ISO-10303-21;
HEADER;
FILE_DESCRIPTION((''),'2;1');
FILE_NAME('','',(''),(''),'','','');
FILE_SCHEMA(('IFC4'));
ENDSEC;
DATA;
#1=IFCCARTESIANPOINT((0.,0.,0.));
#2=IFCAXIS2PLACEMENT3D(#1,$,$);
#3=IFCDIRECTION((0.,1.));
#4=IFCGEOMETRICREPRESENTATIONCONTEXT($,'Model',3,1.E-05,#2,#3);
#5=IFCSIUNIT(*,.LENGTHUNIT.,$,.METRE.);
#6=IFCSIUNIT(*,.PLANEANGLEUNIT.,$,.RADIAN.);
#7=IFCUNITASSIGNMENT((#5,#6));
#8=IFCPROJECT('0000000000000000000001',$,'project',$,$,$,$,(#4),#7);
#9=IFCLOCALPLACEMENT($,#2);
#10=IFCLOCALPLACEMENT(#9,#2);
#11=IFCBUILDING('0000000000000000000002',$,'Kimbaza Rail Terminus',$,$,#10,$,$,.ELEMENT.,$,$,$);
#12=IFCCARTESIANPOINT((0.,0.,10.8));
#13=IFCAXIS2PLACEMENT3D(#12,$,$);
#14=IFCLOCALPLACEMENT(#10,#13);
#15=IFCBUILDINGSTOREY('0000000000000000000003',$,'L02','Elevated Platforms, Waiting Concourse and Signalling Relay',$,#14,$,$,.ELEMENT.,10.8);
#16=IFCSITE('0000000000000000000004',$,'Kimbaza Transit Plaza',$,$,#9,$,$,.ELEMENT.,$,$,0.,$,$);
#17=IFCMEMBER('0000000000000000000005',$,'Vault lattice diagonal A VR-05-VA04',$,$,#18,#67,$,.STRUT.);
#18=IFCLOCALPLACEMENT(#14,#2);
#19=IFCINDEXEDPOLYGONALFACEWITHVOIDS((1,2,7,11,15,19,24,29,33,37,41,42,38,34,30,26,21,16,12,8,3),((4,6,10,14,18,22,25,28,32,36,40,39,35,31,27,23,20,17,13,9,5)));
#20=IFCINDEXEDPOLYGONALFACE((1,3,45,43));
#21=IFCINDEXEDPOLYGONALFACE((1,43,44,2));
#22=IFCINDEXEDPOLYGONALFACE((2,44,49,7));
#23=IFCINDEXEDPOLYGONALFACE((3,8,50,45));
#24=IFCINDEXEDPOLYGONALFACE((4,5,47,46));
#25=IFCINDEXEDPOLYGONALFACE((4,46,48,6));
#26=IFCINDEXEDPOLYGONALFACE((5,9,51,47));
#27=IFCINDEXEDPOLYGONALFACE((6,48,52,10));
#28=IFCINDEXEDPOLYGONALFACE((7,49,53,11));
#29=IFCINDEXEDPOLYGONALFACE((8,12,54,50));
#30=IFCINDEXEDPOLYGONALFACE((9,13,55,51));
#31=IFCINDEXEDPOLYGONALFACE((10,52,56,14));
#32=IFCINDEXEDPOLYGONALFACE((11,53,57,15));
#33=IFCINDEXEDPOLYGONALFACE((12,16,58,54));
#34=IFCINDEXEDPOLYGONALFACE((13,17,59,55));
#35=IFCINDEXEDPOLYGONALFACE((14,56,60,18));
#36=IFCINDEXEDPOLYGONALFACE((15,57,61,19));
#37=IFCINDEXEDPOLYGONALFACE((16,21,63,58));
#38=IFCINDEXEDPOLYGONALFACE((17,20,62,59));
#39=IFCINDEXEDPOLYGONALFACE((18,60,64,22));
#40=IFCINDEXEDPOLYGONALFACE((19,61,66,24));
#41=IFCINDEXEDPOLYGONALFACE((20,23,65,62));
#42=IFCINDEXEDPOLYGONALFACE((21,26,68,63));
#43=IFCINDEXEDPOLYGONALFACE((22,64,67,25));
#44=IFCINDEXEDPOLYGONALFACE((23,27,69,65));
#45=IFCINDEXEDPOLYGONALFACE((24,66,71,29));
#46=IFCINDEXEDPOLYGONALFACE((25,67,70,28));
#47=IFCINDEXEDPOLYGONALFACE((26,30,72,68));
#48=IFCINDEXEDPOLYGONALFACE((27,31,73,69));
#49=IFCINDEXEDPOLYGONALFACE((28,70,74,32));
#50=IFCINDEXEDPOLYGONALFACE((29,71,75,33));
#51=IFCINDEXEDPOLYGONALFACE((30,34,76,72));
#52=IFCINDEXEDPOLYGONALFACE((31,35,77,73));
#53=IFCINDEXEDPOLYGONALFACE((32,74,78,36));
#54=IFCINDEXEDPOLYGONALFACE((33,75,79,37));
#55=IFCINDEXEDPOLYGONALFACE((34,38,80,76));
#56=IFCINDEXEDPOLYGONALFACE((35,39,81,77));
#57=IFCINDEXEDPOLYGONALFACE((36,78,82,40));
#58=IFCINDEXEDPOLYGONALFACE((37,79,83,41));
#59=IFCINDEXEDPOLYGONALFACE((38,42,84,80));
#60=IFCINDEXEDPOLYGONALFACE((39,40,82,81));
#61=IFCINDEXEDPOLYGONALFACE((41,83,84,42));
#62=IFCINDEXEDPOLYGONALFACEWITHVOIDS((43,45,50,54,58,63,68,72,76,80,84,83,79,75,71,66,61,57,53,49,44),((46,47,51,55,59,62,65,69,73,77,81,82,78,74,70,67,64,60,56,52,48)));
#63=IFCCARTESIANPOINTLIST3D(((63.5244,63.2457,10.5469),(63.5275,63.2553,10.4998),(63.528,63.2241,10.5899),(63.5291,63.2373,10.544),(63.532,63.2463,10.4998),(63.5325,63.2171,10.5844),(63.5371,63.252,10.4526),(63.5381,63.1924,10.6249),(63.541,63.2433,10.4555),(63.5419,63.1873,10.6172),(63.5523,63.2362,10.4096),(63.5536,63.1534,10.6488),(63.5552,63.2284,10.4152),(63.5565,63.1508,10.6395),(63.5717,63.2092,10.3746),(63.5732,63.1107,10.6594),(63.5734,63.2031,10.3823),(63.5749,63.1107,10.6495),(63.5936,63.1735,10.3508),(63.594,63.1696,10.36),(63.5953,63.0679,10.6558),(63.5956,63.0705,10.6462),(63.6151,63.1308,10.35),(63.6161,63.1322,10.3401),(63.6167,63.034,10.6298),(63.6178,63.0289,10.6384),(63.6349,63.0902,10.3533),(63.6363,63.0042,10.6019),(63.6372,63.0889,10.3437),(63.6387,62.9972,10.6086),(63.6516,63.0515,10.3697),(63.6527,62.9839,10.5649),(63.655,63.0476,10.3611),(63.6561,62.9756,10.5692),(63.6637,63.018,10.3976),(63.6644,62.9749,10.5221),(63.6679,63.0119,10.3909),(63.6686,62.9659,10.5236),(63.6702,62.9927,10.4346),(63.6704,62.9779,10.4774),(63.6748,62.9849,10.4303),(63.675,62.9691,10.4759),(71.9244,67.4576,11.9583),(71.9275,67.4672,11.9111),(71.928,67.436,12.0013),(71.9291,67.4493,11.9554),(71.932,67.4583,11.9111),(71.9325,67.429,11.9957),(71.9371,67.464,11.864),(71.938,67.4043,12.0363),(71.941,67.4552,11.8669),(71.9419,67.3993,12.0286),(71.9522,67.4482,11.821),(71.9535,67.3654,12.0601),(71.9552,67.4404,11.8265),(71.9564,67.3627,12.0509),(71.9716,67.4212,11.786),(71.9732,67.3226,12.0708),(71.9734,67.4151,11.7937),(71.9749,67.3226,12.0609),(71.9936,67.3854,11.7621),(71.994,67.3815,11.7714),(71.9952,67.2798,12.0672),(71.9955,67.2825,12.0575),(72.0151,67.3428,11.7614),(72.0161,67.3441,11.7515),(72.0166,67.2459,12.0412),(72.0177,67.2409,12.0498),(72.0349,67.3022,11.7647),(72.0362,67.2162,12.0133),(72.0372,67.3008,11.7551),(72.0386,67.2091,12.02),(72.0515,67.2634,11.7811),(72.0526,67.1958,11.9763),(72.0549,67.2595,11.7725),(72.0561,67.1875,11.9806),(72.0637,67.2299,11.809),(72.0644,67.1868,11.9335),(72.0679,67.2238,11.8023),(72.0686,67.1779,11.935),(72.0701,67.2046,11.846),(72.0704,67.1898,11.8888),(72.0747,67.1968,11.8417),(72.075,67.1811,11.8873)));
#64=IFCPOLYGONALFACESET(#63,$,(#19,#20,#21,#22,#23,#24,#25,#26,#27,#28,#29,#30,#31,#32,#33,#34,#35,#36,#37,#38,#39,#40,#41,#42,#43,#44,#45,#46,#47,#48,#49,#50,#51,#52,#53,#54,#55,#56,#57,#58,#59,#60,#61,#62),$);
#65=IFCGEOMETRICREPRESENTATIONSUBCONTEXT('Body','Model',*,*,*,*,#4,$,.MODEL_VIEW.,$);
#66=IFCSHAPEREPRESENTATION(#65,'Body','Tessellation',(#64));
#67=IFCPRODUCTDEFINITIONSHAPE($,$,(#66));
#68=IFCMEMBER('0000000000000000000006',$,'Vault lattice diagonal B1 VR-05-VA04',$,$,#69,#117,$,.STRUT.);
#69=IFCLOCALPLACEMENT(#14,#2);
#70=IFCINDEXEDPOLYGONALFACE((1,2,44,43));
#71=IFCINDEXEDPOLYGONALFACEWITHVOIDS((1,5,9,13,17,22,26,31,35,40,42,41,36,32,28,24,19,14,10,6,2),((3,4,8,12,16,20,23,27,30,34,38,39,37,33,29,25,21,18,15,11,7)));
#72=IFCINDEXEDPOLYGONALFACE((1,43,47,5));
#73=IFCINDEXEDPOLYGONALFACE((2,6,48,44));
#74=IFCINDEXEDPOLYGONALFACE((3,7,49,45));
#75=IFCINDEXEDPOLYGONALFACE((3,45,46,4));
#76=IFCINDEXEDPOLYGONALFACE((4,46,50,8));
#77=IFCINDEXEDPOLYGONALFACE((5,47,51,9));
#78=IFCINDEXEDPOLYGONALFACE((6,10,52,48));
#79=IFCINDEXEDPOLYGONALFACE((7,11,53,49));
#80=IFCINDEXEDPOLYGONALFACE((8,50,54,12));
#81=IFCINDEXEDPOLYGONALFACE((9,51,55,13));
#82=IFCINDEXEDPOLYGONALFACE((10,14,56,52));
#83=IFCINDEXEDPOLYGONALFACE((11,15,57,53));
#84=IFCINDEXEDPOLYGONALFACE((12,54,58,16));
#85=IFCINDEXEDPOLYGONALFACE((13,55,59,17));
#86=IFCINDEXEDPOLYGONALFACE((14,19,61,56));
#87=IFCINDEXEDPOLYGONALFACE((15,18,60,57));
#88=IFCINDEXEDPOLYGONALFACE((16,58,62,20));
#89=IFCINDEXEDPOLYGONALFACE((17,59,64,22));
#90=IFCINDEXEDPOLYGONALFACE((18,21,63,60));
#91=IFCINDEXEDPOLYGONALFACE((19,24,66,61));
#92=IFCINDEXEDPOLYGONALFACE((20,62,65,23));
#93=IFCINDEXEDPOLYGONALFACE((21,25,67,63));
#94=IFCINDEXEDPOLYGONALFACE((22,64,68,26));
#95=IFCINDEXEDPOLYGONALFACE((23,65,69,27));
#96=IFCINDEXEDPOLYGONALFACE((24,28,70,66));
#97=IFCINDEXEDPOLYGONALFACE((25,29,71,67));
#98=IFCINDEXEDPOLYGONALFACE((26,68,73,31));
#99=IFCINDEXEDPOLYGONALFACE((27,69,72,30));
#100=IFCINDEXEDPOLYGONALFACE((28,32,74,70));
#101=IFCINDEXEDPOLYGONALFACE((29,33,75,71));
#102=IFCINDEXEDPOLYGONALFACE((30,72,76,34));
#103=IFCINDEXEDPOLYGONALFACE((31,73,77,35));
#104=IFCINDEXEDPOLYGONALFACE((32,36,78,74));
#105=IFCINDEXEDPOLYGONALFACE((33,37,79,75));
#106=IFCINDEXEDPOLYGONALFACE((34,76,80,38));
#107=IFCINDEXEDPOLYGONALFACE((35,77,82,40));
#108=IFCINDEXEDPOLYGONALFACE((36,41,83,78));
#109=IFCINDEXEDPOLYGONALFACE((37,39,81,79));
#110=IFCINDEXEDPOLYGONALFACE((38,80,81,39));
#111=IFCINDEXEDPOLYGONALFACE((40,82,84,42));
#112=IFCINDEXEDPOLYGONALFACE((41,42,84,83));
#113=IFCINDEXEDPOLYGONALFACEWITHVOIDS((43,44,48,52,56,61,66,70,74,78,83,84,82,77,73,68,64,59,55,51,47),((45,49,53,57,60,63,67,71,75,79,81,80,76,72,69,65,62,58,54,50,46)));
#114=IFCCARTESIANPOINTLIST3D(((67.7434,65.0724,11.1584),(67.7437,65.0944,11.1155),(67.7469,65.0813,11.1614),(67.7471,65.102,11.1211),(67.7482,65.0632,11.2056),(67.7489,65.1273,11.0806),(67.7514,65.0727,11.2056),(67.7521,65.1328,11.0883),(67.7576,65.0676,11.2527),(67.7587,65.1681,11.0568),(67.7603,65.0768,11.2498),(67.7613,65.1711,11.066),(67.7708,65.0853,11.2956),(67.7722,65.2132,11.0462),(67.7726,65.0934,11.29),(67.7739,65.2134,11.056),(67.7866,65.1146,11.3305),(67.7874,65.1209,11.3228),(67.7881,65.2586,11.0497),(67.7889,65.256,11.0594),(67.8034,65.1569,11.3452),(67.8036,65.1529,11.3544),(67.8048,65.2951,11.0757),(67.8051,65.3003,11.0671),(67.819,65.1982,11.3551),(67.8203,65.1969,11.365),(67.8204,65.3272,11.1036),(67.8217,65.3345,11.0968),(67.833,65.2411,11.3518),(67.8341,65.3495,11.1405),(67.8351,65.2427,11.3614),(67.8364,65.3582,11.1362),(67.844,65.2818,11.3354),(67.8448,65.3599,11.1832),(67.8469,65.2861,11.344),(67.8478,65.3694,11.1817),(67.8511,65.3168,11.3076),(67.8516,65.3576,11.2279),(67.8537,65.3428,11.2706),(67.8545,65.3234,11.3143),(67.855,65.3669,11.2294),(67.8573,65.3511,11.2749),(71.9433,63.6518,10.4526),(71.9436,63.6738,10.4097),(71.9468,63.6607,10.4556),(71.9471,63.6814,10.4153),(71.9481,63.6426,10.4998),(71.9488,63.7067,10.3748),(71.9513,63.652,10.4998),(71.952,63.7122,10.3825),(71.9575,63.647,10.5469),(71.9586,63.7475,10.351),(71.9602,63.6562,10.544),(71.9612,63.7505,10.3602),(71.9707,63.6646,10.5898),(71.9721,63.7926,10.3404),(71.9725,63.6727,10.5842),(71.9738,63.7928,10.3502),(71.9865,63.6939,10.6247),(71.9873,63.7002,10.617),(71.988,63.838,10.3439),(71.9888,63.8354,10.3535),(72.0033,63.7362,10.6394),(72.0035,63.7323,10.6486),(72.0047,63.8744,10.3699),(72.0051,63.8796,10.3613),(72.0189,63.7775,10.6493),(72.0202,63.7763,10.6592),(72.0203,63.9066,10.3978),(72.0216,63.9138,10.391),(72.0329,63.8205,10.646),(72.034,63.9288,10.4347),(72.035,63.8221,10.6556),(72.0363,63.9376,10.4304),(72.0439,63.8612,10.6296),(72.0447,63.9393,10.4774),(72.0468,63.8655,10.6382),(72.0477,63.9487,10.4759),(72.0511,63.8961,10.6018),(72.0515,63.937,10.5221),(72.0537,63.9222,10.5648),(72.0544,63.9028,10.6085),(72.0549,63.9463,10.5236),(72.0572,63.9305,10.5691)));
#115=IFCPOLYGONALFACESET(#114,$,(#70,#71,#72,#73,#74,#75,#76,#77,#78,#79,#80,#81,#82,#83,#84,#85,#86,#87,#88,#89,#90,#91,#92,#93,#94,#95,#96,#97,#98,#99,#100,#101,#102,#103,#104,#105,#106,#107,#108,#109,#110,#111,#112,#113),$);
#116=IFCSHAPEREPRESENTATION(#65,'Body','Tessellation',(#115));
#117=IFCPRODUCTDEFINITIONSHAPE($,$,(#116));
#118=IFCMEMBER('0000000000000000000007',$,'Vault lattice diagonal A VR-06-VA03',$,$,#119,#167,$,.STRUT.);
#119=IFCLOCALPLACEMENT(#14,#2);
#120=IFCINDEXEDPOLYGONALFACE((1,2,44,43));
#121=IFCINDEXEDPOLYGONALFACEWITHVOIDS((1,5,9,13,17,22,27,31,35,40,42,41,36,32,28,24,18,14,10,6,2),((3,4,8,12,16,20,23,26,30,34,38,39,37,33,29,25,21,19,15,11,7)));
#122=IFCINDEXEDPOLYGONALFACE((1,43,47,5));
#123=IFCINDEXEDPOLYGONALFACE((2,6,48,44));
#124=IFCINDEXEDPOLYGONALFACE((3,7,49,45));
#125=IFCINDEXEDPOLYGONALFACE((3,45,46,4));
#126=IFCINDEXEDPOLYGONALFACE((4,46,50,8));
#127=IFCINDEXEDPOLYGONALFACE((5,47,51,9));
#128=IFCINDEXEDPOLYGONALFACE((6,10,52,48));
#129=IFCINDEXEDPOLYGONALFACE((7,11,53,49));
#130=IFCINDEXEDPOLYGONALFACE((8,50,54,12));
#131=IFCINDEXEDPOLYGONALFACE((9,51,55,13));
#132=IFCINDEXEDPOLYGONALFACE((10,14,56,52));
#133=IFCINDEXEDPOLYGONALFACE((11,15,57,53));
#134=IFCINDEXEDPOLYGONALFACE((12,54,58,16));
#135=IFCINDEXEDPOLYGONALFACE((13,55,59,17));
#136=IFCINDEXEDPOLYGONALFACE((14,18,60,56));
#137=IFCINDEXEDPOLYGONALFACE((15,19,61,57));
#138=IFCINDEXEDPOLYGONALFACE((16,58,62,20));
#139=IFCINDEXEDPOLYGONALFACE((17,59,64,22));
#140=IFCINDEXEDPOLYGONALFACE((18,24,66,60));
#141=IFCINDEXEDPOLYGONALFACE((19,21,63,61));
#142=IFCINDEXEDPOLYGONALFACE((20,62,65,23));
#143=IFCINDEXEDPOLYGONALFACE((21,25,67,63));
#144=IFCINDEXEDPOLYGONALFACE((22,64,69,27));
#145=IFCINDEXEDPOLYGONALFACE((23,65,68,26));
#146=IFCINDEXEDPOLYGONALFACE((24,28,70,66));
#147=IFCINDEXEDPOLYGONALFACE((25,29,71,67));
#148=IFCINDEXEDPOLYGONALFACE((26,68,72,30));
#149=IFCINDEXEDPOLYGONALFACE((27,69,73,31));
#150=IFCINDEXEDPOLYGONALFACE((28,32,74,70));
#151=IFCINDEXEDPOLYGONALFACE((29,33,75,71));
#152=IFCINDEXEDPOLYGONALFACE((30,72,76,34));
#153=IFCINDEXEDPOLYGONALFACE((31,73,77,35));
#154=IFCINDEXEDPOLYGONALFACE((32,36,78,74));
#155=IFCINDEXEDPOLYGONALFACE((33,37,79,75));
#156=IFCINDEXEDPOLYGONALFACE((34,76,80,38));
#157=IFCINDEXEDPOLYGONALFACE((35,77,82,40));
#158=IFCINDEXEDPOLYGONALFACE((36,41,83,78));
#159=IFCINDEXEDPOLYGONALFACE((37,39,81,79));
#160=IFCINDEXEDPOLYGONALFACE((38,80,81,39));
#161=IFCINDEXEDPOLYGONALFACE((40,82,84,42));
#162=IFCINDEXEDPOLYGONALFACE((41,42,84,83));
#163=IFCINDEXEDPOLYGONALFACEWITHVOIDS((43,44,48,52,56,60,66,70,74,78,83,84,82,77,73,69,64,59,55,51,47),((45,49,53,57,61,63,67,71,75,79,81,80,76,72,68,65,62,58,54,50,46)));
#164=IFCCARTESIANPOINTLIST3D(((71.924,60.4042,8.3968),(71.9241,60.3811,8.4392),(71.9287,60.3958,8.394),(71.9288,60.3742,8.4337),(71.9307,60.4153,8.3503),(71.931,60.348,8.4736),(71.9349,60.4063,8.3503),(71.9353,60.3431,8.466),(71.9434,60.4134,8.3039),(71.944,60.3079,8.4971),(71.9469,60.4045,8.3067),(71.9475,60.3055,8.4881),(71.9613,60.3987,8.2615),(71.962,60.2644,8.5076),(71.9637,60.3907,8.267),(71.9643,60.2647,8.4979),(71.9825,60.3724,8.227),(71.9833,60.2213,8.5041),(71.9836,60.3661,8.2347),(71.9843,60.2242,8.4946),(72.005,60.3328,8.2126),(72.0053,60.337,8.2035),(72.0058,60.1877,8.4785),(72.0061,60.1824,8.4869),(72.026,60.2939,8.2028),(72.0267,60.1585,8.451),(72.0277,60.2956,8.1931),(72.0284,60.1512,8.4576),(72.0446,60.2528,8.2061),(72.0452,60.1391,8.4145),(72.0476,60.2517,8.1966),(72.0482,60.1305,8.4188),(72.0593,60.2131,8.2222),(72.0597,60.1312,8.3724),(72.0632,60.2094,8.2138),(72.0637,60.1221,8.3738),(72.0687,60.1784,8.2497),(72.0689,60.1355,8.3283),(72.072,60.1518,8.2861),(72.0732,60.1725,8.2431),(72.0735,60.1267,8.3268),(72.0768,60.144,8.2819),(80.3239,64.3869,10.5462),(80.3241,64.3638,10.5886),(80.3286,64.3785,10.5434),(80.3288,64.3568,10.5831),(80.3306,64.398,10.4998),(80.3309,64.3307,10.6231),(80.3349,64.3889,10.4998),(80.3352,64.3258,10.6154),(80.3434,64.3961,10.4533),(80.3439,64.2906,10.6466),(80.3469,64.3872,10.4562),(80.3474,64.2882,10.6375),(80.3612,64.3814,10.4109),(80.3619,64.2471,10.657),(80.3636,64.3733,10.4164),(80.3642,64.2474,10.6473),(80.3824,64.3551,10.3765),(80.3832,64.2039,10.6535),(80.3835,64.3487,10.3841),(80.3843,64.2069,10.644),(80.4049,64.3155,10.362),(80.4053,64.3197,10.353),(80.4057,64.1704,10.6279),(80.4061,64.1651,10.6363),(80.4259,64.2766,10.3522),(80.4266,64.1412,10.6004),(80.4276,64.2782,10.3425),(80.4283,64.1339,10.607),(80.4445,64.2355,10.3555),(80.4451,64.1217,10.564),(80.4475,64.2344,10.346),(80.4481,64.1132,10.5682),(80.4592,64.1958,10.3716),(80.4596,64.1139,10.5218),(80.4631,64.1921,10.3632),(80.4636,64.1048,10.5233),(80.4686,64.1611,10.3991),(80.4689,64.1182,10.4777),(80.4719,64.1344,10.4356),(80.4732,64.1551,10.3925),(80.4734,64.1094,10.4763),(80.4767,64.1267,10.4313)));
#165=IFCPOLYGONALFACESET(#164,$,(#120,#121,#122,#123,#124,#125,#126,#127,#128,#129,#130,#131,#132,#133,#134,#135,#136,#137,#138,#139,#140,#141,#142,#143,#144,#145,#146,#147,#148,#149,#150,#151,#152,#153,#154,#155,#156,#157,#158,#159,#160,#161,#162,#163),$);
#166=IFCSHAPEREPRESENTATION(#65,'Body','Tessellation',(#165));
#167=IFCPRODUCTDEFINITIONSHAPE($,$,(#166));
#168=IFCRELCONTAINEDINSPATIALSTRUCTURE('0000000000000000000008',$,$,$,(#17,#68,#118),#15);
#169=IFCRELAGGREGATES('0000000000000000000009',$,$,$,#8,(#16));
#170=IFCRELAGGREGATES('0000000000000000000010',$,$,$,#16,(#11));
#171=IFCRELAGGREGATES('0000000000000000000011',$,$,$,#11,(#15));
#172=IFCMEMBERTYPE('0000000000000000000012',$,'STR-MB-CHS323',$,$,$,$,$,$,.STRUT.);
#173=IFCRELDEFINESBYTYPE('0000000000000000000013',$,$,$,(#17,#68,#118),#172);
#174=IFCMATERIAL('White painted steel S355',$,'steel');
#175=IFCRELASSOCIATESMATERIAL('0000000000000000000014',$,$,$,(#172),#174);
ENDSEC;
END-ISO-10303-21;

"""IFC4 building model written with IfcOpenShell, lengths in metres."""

from ifc_helpers import new_model, si_unit, direction, frame, origin, origin_2d, place, context, subcontext, project, spatial, hollow_circle, extrude, material, material_profile, profile_set, type_object, element, save


model = new_model("IFC4")

# Units and contexts
model_context = context("Model", 3, precision=1e-05, world=origin(), true_north=direction((0.0, 1.0)))
body_context = subcontext(model_context, "Body", "Model", "MODEL_VIEW")
ifc_project = project(units=[si_unit("LENGTHUNIT", "METRE"), si_unit("PLANEANGLEUNIT", "RADIAN")], contexts=[model_context])

# Site, building, storey
site_placement = place(None, origin())
site = spatial("IfcSite", under=ifc_project, at=site_placement, Name="Kimbaza Transit Plaza", CompositionType="ELEMENT", RefElevation=0.0)
building_placement = place(site_placement, origin())
building = spatial("IfcBuilding", under=site, at=building_placement, Name="Kimbaza Rail Terminus", CompositionType="ELEMENT")
storey_placement = place(building_placement, frame((0.0, 0.0, 10.8)))
storey = spatial("IfcBuildingStorey", under=building, at=storey_placement, Name="L02", Description="Elevated Platforms, Waiting Concourse and Signalling Relay", CompositionType="ELEMENT", Elevation=10.8)

# Members
ifc_material_1 = material(Name="White painted steel S355", Category="steel")
ifc_material_profile_1 = material_profile(ifc_material_1, hollow_circle(Radius=0.1619, WallThickness=0.01, at=origin_2d()), Name="CHS 323.9x10")
ifc_profile_set_1 = profile_set([ifc_material_profile_1], Name="White painted steel S355")
member_type_1 = type_object("IfcMemberType", Name="STR-MB-CHS323", PredefinedType="STRUT", material=ifc_profile_set_1)
member_1_placement = place(storey_placement, frame((63.6001, 63.1106, 10.4998), z_axis=(0.884002, 0.44326, 0.148533), x_axis=(-0.448232, 0.893917, 0.0)))
element("IfcMember", 1, at=member_1_placement, inside=storey, type_object=member_type_1, Name="Vault lattice diagonal A VR-05-VA04", PredefinedType="STRUT", context=body_context, shape_type="SweptSolid", body=[
    extrude(hollow_circle(Radius=0.1619, WallThickness=0.01, at=origin_2d()), origin(), (0.0, 0.0, 1.0), 9.5022),
])
member_2_placement = place(storey_placement, frame((72.0, 63.7959, 10.4998), z_axis=(-0.935496, 0.316436, 0.157212), x_axis=(-0.320421, -0.947275, 0.0)))
element("IfcMember", 2, at=member_2_placement, inside=storey, type_object=member_type_1, Name="Vault lattice diagonal B1 VR-05-VA04", PredefinedType="STRUT", context=body_context, shape_type="SweptSolid", body=[
    extrude(hollow_circle(Radius=0.1619, WallThickness=0.01, at=origin_2d()), origin(), (0.0, 0.0, 1.0), 4.4895),
])
member_3_placement = place(storey_placement, frame((72.0, 60.269, 8.3503), z_axis=(0.880356, 0.417405, 0.22527), x_axis=(-0.428417, 0.903581, 0.0)))
element("IfcMember", 3, at=member_3_placement, inside=storey, type_object=member_type_1, Name="Vault lattice diagonal A VR-06-VA03", PredefinedType="STRUT", context=body_context, shape_type="SweptSolid", body=[
    extrude(hollow_circle(Radius=0.1619, WallThickness=0.01, at=origin_2d()), origin(), (0.0, 0.0, 1.0), 9.5415),
])

save(model, "model.ifc")
